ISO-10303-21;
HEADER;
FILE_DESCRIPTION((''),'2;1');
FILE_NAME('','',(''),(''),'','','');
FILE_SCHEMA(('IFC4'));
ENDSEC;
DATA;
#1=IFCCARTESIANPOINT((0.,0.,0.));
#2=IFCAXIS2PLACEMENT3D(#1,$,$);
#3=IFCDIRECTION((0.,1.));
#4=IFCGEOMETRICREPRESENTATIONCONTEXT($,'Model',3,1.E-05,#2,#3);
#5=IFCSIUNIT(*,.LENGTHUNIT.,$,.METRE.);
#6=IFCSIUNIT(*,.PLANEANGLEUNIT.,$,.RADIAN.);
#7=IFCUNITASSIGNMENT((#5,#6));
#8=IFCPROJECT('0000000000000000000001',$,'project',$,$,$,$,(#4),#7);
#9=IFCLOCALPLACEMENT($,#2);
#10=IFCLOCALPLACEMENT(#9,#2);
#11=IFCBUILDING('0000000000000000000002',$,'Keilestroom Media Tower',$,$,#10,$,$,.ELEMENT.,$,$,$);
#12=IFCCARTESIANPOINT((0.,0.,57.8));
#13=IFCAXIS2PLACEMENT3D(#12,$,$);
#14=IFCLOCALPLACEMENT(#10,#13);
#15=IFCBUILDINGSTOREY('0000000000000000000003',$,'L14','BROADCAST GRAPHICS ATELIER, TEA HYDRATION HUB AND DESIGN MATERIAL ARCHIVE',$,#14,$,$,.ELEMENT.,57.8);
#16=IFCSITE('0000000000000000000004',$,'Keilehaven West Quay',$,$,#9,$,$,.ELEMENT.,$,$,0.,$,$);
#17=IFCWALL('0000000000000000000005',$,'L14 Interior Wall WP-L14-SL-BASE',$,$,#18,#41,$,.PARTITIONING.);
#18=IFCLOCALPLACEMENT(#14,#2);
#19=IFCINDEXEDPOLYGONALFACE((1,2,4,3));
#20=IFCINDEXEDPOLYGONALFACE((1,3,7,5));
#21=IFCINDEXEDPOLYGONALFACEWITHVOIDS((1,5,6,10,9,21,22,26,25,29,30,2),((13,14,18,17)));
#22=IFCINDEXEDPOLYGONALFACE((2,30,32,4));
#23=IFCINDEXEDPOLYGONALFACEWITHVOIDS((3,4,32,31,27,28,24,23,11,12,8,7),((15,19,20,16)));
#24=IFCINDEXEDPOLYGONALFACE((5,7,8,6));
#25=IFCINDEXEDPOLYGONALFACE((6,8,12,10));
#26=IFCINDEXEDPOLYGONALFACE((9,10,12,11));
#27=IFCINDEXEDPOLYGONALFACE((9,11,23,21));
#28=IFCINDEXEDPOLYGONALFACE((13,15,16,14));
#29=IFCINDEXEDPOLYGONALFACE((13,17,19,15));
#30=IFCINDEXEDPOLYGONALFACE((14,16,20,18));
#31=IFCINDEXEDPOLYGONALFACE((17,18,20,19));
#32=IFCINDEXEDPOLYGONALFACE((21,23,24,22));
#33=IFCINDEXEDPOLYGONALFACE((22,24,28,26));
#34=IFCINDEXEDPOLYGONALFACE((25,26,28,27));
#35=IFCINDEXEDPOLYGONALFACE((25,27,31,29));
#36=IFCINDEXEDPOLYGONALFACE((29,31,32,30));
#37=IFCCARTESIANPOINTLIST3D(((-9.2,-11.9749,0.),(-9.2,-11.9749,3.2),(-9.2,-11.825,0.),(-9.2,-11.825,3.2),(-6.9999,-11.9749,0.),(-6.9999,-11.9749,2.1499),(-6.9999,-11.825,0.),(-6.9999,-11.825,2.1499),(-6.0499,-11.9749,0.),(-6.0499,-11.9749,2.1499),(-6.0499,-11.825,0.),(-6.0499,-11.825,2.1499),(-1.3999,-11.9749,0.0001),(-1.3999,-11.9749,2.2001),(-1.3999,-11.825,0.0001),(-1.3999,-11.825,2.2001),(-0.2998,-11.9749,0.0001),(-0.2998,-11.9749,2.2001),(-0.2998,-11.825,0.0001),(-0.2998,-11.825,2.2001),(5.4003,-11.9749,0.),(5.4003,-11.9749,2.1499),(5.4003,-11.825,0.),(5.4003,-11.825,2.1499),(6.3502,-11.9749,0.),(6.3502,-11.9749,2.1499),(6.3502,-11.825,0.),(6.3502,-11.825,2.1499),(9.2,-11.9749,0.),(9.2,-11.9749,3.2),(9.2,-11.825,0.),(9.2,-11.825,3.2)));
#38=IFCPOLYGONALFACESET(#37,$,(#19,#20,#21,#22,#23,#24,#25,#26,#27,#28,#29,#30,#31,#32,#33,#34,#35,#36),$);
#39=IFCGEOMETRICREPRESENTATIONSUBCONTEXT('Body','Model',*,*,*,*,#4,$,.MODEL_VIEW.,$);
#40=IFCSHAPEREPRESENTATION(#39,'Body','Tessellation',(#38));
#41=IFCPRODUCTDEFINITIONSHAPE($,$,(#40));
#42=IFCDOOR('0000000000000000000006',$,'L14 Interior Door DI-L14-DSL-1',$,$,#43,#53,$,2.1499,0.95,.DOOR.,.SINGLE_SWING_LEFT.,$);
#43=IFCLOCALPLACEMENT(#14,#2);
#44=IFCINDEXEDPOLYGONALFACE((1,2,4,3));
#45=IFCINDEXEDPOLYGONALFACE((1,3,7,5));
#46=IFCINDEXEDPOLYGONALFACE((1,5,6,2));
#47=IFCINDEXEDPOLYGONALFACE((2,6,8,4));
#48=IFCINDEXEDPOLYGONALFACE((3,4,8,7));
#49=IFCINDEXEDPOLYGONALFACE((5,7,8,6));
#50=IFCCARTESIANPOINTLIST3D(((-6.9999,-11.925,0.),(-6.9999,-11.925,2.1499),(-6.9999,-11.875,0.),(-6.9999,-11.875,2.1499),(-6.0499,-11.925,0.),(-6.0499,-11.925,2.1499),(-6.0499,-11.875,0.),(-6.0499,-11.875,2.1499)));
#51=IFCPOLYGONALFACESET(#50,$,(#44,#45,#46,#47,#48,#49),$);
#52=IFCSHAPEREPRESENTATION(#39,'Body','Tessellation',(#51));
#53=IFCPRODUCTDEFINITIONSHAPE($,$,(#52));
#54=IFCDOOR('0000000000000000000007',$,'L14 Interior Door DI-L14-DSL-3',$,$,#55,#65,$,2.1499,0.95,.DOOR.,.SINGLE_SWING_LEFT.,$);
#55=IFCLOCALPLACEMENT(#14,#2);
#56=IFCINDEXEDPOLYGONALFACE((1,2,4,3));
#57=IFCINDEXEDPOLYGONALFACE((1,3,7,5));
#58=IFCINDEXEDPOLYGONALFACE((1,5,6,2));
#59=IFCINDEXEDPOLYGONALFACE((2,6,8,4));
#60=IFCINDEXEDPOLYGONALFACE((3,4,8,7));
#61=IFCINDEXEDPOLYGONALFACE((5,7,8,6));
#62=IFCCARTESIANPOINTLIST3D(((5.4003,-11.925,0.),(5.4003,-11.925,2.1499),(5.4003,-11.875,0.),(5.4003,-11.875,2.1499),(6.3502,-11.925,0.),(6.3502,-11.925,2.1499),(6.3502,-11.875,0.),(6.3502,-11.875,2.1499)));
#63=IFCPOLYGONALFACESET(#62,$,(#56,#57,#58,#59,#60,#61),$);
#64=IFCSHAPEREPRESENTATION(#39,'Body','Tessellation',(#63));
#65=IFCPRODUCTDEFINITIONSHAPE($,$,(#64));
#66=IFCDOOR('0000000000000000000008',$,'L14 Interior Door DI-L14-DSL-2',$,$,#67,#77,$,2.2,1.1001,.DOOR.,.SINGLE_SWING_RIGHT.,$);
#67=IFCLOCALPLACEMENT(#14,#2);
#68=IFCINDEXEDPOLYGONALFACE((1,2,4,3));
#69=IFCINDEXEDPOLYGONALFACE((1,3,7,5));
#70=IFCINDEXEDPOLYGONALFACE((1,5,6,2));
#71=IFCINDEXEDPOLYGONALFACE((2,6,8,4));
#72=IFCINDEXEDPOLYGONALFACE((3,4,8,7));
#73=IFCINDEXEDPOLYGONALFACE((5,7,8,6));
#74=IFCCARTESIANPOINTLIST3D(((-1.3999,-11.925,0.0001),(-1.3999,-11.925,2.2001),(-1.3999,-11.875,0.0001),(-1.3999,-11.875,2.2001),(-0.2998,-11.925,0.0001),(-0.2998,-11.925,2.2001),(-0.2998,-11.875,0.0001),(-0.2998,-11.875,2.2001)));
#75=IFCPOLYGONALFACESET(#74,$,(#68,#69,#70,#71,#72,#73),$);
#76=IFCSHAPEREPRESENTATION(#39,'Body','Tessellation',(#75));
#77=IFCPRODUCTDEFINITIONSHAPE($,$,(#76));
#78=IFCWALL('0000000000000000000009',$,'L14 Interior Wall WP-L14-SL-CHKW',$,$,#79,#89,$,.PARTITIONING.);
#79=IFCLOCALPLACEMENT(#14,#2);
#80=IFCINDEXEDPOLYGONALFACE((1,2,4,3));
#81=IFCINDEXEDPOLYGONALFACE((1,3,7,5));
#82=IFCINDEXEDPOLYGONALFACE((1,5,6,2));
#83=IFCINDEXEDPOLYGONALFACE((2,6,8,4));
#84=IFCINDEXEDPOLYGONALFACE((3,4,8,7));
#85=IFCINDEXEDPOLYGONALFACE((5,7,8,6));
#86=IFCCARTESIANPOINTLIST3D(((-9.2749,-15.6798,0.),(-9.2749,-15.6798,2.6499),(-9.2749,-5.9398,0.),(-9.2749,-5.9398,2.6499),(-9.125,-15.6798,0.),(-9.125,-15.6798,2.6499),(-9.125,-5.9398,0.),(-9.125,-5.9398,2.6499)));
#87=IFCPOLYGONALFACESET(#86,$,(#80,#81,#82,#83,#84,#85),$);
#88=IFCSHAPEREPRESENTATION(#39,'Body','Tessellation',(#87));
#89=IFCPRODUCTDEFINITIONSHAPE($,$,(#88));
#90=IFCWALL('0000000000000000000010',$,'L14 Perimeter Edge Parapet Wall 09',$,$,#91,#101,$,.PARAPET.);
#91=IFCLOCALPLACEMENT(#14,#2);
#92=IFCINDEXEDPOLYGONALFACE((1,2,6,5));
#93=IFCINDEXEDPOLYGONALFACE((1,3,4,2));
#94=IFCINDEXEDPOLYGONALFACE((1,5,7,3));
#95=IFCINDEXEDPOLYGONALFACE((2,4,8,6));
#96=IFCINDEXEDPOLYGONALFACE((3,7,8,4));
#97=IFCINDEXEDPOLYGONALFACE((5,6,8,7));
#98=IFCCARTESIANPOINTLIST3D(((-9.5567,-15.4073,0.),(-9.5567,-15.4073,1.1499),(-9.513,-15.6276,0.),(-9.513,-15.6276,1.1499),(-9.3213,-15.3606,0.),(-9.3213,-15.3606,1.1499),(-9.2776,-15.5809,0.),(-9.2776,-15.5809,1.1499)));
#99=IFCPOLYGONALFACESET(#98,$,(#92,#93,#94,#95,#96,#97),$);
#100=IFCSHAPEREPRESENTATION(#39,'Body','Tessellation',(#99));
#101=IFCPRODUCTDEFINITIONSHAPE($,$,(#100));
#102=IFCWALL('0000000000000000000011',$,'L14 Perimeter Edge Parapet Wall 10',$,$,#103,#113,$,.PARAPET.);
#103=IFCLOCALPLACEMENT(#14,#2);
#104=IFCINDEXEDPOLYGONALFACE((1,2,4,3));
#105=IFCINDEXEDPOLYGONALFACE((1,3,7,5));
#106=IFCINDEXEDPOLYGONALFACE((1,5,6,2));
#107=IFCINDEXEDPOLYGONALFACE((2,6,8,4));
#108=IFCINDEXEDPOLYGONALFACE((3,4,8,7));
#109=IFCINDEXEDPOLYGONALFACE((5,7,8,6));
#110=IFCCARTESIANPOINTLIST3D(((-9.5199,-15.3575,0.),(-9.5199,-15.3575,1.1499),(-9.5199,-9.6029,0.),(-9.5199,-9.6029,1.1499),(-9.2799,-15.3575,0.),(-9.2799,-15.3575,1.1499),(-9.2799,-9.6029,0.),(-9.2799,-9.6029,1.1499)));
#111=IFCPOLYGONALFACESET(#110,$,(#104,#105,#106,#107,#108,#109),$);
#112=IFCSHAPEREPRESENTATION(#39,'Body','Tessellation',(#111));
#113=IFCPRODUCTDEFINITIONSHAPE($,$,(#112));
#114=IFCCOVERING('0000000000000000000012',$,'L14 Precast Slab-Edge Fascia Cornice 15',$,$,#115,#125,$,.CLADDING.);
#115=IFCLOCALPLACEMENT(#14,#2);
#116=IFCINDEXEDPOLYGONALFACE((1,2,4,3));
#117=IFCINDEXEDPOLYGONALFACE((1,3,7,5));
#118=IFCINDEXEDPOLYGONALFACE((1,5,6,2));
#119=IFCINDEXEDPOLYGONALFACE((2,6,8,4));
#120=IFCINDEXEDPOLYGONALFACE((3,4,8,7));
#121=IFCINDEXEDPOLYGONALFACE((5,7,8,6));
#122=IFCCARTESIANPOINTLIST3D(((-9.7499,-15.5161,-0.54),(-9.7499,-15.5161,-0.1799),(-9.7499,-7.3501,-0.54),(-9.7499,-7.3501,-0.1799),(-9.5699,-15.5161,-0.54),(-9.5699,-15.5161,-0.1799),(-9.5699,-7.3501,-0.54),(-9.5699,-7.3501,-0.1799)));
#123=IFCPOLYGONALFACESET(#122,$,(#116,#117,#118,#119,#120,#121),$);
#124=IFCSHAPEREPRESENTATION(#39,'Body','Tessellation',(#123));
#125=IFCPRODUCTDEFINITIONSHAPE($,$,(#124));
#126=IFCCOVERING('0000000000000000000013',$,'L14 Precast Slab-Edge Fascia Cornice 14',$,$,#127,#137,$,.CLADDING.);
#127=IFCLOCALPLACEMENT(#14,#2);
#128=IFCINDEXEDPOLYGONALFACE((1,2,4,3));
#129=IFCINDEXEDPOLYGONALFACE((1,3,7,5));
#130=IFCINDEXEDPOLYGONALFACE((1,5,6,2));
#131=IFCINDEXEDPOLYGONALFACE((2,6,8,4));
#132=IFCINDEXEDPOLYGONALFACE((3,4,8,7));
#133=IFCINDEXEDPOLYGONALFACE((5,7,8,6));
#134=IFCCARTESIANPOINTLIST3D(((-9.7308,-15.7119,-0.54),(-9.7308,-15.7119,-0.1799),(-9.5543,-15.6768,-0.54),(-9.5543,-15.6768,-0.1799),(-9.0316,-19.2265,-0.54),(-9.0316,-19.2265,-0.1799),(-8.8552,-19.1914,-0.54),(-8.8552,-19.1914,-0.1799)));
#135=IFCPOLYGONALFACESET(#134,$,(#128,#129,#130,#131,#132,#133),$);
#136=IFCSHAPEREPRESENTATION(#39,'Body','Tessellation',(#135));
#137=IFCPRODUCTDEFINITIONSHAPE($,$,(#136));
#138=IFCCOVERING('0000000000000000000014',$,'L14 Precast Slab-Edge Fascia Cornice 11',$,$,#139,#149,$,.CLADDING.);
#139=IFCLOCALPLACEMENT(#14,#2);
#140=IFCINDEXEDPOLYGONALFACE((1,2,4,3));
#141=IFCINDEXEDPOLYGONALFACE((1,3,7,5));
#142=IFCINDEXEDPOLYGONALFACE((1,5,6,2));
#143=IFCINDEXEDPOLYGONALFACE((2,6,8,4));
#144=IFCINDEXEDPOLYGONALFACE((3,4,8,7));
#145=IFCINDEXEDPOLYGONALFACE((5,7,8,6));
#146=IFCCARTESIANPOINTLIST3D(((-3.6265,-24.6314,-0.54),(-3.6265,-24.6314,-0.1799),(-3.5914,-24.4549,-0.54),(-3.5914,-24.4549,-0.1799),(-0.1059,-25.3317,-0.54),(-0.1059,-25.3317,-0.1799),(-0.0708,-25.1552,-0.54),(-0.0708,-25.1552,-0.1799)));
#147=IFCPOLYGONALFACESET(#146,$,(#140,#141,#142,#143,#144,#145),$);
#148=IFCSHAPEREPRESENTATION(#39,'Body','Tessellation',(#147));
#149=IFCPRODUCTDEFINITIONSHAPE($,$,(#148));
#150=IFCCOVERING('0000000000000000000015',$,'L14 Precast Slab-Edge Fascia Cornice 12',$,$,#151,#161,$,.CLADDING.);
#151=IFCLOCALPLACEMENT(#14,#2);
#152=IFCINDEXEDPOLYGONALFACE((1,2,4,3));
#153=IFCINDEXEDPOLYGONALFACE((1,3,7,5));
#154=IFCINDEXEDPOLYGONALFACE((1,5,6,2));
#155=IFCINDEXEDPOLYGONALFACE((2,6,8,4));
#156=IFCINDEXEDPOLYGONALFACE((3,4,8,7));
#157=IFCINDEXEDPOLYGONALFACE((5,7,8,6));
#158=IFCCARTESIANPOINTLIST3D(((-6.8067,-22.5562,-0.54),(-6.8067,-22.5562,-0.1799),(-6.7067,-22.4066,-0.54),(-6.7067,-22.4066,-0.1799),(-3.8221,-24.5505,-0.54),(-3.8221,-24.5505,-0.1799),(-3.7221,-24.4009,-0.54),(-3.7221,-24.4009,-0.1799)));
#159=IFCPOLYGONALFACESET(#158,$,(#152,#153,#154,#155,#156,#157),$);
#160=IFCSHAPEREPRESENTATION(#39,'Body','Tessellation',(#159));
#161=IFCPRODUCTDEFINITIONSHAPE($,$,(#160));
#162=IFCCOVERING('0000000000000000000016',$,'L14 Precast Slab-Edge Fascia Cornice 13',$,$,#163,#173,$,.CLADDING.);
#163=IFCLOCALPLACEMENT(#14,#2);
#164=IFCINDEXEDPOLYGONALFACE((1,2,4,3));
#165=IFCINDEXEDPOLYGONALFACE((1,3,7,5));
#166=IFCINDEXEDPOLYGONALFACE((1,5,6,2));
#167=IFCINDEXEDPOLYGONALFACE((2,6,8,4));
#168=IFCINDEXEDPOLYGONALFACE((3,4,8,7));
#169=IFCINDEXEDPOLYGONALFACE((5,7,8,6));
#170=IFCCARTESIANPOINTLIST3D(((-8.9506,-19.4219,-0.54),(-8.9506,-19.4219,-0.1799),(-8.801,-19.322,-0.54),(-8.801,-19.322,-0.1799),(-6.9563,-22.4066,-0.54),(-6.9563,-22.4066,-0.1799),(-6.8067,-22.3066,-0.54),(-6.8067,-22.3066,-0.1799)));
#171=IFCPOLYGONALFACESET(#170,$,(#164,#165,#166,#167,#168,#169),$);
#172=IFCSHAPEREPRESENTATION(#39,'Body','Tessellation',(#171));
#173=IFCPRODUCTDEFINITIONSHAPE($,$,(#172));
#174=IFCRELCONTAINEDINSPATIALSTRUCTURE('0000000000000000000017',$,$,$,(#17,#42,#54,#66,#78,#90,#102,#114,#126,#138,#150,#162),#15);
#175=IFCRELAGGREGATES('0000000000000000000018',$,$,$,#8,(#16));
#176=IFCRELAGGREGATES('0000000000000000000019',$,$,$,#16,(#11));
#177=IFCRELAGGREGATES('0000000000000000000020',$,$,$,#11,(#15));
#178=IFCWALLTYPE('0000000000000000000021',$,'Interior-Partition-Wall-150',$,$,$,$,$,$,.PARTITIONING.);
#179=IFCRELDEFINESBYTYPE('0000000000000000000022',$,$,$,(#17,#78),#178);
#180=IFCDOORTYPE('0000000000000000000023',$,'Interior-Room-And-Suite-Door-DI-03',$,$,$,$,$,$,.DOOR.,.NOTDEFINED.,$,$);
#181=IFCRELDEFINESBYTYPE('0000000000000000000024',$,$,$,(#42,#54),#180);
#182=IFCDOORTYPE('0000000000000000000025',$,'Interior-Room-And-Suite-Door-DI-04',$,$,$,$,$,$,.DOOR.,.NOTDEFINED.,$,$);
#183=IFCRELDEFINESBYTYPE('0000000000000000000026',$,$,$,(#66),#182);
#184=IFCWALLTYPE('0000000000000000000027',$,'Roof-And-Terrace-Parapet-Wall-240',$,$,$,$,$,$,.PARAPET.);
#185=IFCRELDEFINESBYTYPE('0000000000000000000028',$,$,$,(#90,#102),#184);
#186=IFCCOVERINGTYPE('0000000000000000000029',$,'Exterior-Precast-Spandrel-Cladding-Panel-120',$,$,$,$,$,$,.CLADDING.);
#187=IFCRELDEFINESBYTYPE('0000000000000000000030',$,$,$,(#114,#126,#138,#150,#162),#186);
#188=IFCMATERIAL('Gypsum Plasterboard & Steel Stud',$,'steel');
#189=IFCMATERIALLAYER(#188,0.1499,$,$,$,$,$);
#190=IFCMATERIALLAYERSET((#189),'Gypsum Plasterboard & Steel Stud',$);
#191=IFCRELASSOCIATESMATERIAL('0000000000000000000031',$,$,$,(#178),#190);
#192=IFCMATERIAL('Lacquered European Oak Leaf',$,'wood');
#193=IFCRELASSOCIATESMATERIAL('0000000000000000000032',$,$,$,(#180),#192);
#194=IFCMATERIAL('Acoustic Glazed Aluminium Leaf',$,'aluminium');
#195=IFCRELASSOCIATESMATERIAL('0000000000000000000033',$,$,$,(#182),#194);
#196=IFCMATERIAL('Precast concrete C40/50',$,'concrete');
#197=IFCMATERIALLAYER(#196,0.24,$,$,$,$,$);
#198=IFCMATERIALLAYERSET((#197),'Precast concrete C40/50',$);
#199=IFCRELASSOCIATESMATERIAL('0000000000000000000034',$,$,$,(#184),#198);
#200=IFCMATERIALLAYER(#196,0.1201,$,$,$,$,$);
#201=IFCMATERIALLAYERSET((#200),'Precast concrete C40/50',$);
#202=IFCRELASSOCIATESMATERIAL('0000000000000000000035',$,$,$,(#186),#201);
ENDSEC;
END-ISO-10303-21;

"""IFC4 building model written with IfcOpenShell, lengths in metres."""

from ifc_helpers import new_model, si_unit, direction, frame, frame_2d, origin, origin_2d, place, context, subcontext, project, spatial, rectangle, extrude, source, transform, mapped, material, layer, layer_set, type_object, element, fill, save


model = new_model("IFC4")

# Units and contexts
model_context = context("Model", 3, precision=1e-05, world=origin(), true_north=direction((0.0, 1.0)))
body_context = subcontext(model_context, "Body", "Model", "MODEL_VIEW")
ifc_project = project(units=[si_unit("LENGTHUNIT", "METRE"), si_unit("PLANEANGLEUNIT", "RADIAN")], contexts=[model_context])

# Site, building, storey
site_placement = place(None, origin())
site = spatial("IfcSite", under=ifc_project, at=site_placement, Name="Keilehaven West Quay", CompositionType="ELEMENT", RefElevation=0.0)
building_placement = place(site_placement, origin())
building = spatial("IfcBuilding", under=site, at=building_placement, Name="Keilestroom Media Tower", CompositionType="ELEMENT")
storey_placement = place(building_placement, frame((0.0, 0.0, 57.8)))
storey = spatial("IfcBuildingStorey", under=building, at=storey_placement, Name="L14", Description="BROADCAST GRAPHICS ATELIER, TEA HYDRATION HUB AND DESIGN MATERIAL ARCHIVE", CompositionType="ELEMENT", Elevation=57.8)

# Shared definitions
ifc_material_1 = material(Name="Precast concrete C40/50", Category="concrete")
ifc_material_2 = material(Name="Gypsum Plasterboard & Steel Stud", Category="steel")

# Wall, openings, doors
ifc_layer_1 = layer(ifc_material_2, 0.1499)
ifc_layer_set_1 = layer_set([ifc_layer_1], Name="Gypsum Plasterboard & Steel Stud")
wall_type_1 = type_object("IfcWallType", Name="Interior-Partition-Wall-150", PredefinedType="PARTITIONING", material=ifc_layer_set_1)
wall_1_placement = place(storey_placement, frame((-9.2, -11.8999, 0.0), z_axis=(0.0, 0.0, 1.0), x_axis=(1.0, 0.0, 0.0)))
wall_1 = element("IfcWall", 1, at=wall_1_placement, inside=storey, type_object=wall_type_1, Name="L14 Interior Wall WP-L14-SL-BASE", PredefinedType="PARTITIONING", context=body_context, shape_type="SweptSolid", body=[
    extrude(rectangle(XDim=18.3999, YDim=0.1499, at=frame_2d((9.2, 0.0))), origin(), (0.0, 0.0, 1.0), 3.2),
])
opening_1_placement = place(wall_1_placement, frame((2.2, 0.0, 0.0)))
opening_1 = element("IfcOpeningElement", 2, at=opening_1_placement, cuts=wall_1, PredefinedType="OPENING", context=body_context, shape_type="SweptSolid", body=[
    extrude(rectangle(XDim=0.95, YDim=2.1499, at=frame_2d((0.4751, 1.075))), frame((0.0, 0.085, 0.0), z_axis=(0.0, -1.0, 0.0), x_axis=(1.0, 0.0, 0.0)), (0.0, 0.0, 1.0), 0.1699),
])
opening_2_placement = place(wall_1_placement, frame((7.8, 0.0, 0.0)))
opening_2 = element("IfcOpeningElement", 3, at=opening_2_placement, cuts=wall_1, PredefinedType="OPENING", context=body_context, shape_type="SweptSolid", body=[
    extrude(rectangle(XDim=1.1001, YDim=2.2, at=frame_2d((0.55, 1.1001))), frame((0.0, 0.085, 0.0), z_axis=(0.0, -1.0, 0.0), x_axis=(1.0, 0.0, 0.0)), (0.0, 0.0, 1.0), 0.1699),
])
opening_3_placement = place(wall_1_placement, frame((14.6001, 0.0, 0.0)))
opening_3 = element("IfcOpeningElement", 4, at=opening_3_placement, cuts=wall_1, PredefinedType="OPENING", context=body_context, shape_type="SweptSolid", body=[
    extrude(rectangle(XDim=0.95, YDim=2.1499, at=frame_2d((0.4751, 1.075))), frame((0.0, 0.085, 0.0), z_axis=(0.0, -1.0, 0.0), x_axis=(1.0, 0.0, 0.0)), (0.0, 0.0, 1.0), 0.1699),
])
ifc_material_3 = material(Name="Lacquered European Oak Leaf", Category="wood")
door_type_1 = type_object("IfcDoorType", Name="Interior-Room-And-Suite-Door-DI-03", OperationType="NOTDEFINED", PredefinedType="DOOR", material=ifc_material_3)
shared_shape_1 = source(origin(), body_context, "Body", "SweptSolid", [
    extrude(rectangle(XDim=0.95, YDim=2.1499, at=frame_2d((0.4751, 1.075))), frame((0.0, 0.0249, 0.0), z_axis=(0.0, -1.0, 0.0), x_axis=(1.0, 0.0, 0.0)), (0.0, 0.0, 1.0), 0.05),
])
door_1_placement = place(opening_1_placement, origin())
door_1 = element("IfcDoor", 5, at=door_1_placement, inside=storey, type_object=door_type_1, Name="L14 Interior Door DI-L14-DSL-1", OperationType="SINGLE_SWING_LEFT", OverallHeight=2.1499, OverallWidth=0.95, PredefinedType="DOOR", context=body_context, shape_type="MappedRepresentation", body=[
    mapped(shared_shape_1, transform((0.0, 0.0, 0.0), x_axis=(1.0, 0.0, 0.0), y_axis=(0.0, 1.0, 0.0), z_axis=(0.0, 0.0, 1.0), scale=1.0)),
])
fill(opening_1, door_1)
door_2_placement = place(opening_3_placement, origin())
door_2 = element("IfcDoor", 6, at=door_2_placement, inside=storey, type_object=door_type_1, Name="L14 Interior Door DI-L14-DSL-3", OperationType="SINGLE_SWING_LEFT", OverallHeight=2.1499, OverallWidth=0.95, PredefinedType="DOOR", context=body_context, shape_type="MappedRepresentation", body=[
    mapped(shared_shape_1, transform((0.0, 0.0, 0.0), x_axis=(1.0, 0.0, 0.0), y_axis=(0.0, 1.0, 0.0), z_axis=(0.0, 0.0, 1.0), scale=1.0)),
])
fill(opening_3, door_2)
ifc_material_4 = material(Name="Acoustic Glazed Aluminium Leaf", Category="aluminium")
door_type_2 = type_object("IfcDoorType", Name="Interior-Room-And-Suite-Door-DI-04", OperationType="NOTDEFINED", PredefinedType="DOOR", material=ifc_material_4)
shared_shape_2 = source(origin(), body_context, "Body", "SweptSolid", [
    extrude(rectangle(XDim=1.1001, YDim=2.2, at=frame_2d((0.55, 1.1001))), frame((0.0, 0.0249, 0.0), z_axis=(0.0, -1.0, 0.0), x_axis=(1.0, 0.0, 0.0)), (0.0, 0.0, 1.0), 0.05),
])
door_3_placement = place(opening_2_placement, origin())
door_3 = element("IfcDoor", 7, at=door_3_placement, inside=storey, type_object=door_type_2, Name="L14 Interior Door DI-L14-DSL-2", OperationType="SINGLE_SWING_RIGHT", OverallHeight=2.2, OverallWidth=1.1001, PredefinedType="DOOR", context=body_context, shape_type="MappedRepresentation", body=[
    mapped(shared_shape_2, transform((0.0, 0.0, 0.0), x_axis=(1.0, 0.0, 0.0), y_axis=(0.0, 1.0, 0.0), z_axis=(0.0, 0.0, 1.0), scale=1.0)),
])
fill(opening_2, door_3)

# Walls
wall_2_placement = place(storey_placement, frame((-9.2, -15.6799, 0.0), z_axis=(0.0, 0.0, 1.0), x_axis=(0.0, 1.0, 0.0)))
element("IfcWall", 8, at=wall_2_placement, inside=storey, type_object=wall_type_1, Name="L14 Interior Wall WP-L14-SL-CHKW", PredefinedType="PARTITIONING", context=body_context, shape_type="SweptSolid", body=[
    extrude(rectangle(XDim=9.74, YDim=0.1499, at=frame_2d((4.8701, 0.0))), origin(), (0.0, 0.0, 1.0), 2.6499),
])
ifc_layer_2 = layer(ifc_material_1, 0.24)
ifc_layer_set_2 = layer_set([ifc_layer_2], Name="Precast concrete C40/50")
wall_type_2 = type_object("IfcWallType", Name="Roof-And-Terrace-Parapet-Wall-240", PredefinedType="PARAPET", material=ifc_layer_set_2)
wall_3_placement = place(storey_placement, frame((-9.3953, -15.6042, 0.0), z_axis=(0.0, 0.0, 1.0), x_axis=(-0.194652, 0.980872, 0.0)))
element("IfcWall", 9, at=wall_3_placement, inside=storey, type_object=wall_type_2, Name="L14 Perimeter Edge Parapet Wall 09", PredefinedType="PARAPET", context=body_context, shape_type="SweptSolid", body=[
    extrude(rectangle(XDim=0.2246, YDim=0.24, at=frame_2d((0.1123, 0.0))), origin(), (0.0, 0.0, 1.0), 1.1499),
])
wall_4_placement = place(storey_placement, frame((-9.3999, -15.3577, 0.0), z_axis=(0.0, 0.0, 1.0), x_axis=(0.0, 1.0, 0.0)))
element("IfcWall", 10, at=wall_4_placement, inside=storey, type_object=wall_type_2, Name="L14 Perimeter Edge Parapet Wall 10", PredefinedType="PARAPET", context=body_context, shape_type="SweptSolid", body=[
    extrude(rectangle(XDim=5.7546, YDim=0.24, at=frame_2d((2.8774, 0.0))), origin(), (0.0, 0.0, 1.0), 1.1499),
])

# Coverings
ifc_layer_3 = layer(ifc_material_1, 0.1201)
ifc_layer_set_3 = layer_set([ifc_layer_3], Name="Precast concrete C40/50")
covering_type = type_object("IfcCoveringType", Name="Exterior-Precast-Spandrel-Cladding-Panel-120", PredefinedType="CLADDING", material=ifc_layer_set_3)
shared_shape_3 = source(origin(), body_context, "Body", "SweptSolid", [
    extrude(rectangle(XDim=8.166, YDim=0.1799, at=origin_2d()), origin(), (0.0, 0.0, 1.0), 0.3601),
])
covering_1_placement = place(storey_placement, frame((-9.6599, -11.4331, -0.54), z_axis=(0.0, 0.0, 1.0), x_axis=(0.0, 1.0, 0.0)))
element("IfcCovering", 11, at=covering_1_placement, inside=storey, type_object=covering_type, Name="L14 Precast Slab-Edge Fascia Cornice 15", PredefinedType="CLADDING", context=body_context, shape_type="MappedRepresentation", body=[
    mapped(shared_shape_3, transform((0.0, 0.0, 0.0), x_axis=(1.0, 0.0, 0.0), y_axis=(0.0, 1.0, 0.0), z_axis=(0.0, 0.0, 1.0), scale=1.0)),
])
shared_shape_4 = source(origin(), body_context, "Body", "SweptSolid", [
    extrude(rectangle(XDim=3.5835, YDim=0.1799, at=origin_2d()), origin(), (0.0, 0.0, 1.0), 0.3601),
])
covering_2_placement = place(storey_placement, frame((-9.293, -17.4517, -0.54), z_axis=(0.0, 0.0, 1.0), x_axis=(-0.195099, 0.980784, 0.0)))
element("IfcCovering", 12, at=covering_2_placement, inside=storey, type_object=covering_type, Name="L14 Precast Slab-Edge Fascia Cornice 14", PredefinedType="CLADDING", context=body_context, shape_type="MappedRepresentation", body=[
    mapped(shared_shape_4, transform((0.0, 0.0, 0.0), x_axis=(1.0, 0.0, 0.0), y_axis=(0.0, 1.0, 0.0), z_axis=(0.0, 0.0, 1.0), scale=1.0)),
])
shared_shape_5 = source(origin(), body_context, "Body", "SweptSolid", [
    extrude(rectangle(XDim=3.5896, YDim=0.1799, at=origin_2d()), origin(), (0.0, 0.0, 1.0), 0.3601),
])
for number, where, z_axis, x_axis, name in (
    (13, (-1.8486, -24.8933, -0.54), (0.0, 0.0, 1.0), (-0.980784, 0.195099, 0.0), "L14 Precast Slab-Edge Fascia Cornice 11"),
    (14, (-5.2644, -23.4785, -0.54), (0.0, 0.0, 1.0), (-0.831467, 0.555575, 0.0), "L14 Precast Slab-Edge Fascia Cornice 12"),
    (15, (-7.8787, -20.8643, -0.54), (0.0, 0.0, 1.0), (-0.555575, 0.831467, 0.0), "L14 Precast Slab-Edge Fascia Cornice 13"),
):
    element("IfcCovering", number, at=place(storey_placement, frame(where, z_axis=z_axis, x_axis=x_axis)), inside=storey, type_object=covering_type, Name=name, PredefinedType="CLADDING", context=body_context, shape_type="MappedRepresentation", body=[
        mapped(shared_shape_5, transform((0.0, 0.0, 0.0), x_axis=(1.0, 0.0, 0.0), y_axis=(0.0, 1.0, 0.0), z_axis=(0.0, 0.0, 1.0), scale=1.0)),
    ])

save(model, "model.ifc")
